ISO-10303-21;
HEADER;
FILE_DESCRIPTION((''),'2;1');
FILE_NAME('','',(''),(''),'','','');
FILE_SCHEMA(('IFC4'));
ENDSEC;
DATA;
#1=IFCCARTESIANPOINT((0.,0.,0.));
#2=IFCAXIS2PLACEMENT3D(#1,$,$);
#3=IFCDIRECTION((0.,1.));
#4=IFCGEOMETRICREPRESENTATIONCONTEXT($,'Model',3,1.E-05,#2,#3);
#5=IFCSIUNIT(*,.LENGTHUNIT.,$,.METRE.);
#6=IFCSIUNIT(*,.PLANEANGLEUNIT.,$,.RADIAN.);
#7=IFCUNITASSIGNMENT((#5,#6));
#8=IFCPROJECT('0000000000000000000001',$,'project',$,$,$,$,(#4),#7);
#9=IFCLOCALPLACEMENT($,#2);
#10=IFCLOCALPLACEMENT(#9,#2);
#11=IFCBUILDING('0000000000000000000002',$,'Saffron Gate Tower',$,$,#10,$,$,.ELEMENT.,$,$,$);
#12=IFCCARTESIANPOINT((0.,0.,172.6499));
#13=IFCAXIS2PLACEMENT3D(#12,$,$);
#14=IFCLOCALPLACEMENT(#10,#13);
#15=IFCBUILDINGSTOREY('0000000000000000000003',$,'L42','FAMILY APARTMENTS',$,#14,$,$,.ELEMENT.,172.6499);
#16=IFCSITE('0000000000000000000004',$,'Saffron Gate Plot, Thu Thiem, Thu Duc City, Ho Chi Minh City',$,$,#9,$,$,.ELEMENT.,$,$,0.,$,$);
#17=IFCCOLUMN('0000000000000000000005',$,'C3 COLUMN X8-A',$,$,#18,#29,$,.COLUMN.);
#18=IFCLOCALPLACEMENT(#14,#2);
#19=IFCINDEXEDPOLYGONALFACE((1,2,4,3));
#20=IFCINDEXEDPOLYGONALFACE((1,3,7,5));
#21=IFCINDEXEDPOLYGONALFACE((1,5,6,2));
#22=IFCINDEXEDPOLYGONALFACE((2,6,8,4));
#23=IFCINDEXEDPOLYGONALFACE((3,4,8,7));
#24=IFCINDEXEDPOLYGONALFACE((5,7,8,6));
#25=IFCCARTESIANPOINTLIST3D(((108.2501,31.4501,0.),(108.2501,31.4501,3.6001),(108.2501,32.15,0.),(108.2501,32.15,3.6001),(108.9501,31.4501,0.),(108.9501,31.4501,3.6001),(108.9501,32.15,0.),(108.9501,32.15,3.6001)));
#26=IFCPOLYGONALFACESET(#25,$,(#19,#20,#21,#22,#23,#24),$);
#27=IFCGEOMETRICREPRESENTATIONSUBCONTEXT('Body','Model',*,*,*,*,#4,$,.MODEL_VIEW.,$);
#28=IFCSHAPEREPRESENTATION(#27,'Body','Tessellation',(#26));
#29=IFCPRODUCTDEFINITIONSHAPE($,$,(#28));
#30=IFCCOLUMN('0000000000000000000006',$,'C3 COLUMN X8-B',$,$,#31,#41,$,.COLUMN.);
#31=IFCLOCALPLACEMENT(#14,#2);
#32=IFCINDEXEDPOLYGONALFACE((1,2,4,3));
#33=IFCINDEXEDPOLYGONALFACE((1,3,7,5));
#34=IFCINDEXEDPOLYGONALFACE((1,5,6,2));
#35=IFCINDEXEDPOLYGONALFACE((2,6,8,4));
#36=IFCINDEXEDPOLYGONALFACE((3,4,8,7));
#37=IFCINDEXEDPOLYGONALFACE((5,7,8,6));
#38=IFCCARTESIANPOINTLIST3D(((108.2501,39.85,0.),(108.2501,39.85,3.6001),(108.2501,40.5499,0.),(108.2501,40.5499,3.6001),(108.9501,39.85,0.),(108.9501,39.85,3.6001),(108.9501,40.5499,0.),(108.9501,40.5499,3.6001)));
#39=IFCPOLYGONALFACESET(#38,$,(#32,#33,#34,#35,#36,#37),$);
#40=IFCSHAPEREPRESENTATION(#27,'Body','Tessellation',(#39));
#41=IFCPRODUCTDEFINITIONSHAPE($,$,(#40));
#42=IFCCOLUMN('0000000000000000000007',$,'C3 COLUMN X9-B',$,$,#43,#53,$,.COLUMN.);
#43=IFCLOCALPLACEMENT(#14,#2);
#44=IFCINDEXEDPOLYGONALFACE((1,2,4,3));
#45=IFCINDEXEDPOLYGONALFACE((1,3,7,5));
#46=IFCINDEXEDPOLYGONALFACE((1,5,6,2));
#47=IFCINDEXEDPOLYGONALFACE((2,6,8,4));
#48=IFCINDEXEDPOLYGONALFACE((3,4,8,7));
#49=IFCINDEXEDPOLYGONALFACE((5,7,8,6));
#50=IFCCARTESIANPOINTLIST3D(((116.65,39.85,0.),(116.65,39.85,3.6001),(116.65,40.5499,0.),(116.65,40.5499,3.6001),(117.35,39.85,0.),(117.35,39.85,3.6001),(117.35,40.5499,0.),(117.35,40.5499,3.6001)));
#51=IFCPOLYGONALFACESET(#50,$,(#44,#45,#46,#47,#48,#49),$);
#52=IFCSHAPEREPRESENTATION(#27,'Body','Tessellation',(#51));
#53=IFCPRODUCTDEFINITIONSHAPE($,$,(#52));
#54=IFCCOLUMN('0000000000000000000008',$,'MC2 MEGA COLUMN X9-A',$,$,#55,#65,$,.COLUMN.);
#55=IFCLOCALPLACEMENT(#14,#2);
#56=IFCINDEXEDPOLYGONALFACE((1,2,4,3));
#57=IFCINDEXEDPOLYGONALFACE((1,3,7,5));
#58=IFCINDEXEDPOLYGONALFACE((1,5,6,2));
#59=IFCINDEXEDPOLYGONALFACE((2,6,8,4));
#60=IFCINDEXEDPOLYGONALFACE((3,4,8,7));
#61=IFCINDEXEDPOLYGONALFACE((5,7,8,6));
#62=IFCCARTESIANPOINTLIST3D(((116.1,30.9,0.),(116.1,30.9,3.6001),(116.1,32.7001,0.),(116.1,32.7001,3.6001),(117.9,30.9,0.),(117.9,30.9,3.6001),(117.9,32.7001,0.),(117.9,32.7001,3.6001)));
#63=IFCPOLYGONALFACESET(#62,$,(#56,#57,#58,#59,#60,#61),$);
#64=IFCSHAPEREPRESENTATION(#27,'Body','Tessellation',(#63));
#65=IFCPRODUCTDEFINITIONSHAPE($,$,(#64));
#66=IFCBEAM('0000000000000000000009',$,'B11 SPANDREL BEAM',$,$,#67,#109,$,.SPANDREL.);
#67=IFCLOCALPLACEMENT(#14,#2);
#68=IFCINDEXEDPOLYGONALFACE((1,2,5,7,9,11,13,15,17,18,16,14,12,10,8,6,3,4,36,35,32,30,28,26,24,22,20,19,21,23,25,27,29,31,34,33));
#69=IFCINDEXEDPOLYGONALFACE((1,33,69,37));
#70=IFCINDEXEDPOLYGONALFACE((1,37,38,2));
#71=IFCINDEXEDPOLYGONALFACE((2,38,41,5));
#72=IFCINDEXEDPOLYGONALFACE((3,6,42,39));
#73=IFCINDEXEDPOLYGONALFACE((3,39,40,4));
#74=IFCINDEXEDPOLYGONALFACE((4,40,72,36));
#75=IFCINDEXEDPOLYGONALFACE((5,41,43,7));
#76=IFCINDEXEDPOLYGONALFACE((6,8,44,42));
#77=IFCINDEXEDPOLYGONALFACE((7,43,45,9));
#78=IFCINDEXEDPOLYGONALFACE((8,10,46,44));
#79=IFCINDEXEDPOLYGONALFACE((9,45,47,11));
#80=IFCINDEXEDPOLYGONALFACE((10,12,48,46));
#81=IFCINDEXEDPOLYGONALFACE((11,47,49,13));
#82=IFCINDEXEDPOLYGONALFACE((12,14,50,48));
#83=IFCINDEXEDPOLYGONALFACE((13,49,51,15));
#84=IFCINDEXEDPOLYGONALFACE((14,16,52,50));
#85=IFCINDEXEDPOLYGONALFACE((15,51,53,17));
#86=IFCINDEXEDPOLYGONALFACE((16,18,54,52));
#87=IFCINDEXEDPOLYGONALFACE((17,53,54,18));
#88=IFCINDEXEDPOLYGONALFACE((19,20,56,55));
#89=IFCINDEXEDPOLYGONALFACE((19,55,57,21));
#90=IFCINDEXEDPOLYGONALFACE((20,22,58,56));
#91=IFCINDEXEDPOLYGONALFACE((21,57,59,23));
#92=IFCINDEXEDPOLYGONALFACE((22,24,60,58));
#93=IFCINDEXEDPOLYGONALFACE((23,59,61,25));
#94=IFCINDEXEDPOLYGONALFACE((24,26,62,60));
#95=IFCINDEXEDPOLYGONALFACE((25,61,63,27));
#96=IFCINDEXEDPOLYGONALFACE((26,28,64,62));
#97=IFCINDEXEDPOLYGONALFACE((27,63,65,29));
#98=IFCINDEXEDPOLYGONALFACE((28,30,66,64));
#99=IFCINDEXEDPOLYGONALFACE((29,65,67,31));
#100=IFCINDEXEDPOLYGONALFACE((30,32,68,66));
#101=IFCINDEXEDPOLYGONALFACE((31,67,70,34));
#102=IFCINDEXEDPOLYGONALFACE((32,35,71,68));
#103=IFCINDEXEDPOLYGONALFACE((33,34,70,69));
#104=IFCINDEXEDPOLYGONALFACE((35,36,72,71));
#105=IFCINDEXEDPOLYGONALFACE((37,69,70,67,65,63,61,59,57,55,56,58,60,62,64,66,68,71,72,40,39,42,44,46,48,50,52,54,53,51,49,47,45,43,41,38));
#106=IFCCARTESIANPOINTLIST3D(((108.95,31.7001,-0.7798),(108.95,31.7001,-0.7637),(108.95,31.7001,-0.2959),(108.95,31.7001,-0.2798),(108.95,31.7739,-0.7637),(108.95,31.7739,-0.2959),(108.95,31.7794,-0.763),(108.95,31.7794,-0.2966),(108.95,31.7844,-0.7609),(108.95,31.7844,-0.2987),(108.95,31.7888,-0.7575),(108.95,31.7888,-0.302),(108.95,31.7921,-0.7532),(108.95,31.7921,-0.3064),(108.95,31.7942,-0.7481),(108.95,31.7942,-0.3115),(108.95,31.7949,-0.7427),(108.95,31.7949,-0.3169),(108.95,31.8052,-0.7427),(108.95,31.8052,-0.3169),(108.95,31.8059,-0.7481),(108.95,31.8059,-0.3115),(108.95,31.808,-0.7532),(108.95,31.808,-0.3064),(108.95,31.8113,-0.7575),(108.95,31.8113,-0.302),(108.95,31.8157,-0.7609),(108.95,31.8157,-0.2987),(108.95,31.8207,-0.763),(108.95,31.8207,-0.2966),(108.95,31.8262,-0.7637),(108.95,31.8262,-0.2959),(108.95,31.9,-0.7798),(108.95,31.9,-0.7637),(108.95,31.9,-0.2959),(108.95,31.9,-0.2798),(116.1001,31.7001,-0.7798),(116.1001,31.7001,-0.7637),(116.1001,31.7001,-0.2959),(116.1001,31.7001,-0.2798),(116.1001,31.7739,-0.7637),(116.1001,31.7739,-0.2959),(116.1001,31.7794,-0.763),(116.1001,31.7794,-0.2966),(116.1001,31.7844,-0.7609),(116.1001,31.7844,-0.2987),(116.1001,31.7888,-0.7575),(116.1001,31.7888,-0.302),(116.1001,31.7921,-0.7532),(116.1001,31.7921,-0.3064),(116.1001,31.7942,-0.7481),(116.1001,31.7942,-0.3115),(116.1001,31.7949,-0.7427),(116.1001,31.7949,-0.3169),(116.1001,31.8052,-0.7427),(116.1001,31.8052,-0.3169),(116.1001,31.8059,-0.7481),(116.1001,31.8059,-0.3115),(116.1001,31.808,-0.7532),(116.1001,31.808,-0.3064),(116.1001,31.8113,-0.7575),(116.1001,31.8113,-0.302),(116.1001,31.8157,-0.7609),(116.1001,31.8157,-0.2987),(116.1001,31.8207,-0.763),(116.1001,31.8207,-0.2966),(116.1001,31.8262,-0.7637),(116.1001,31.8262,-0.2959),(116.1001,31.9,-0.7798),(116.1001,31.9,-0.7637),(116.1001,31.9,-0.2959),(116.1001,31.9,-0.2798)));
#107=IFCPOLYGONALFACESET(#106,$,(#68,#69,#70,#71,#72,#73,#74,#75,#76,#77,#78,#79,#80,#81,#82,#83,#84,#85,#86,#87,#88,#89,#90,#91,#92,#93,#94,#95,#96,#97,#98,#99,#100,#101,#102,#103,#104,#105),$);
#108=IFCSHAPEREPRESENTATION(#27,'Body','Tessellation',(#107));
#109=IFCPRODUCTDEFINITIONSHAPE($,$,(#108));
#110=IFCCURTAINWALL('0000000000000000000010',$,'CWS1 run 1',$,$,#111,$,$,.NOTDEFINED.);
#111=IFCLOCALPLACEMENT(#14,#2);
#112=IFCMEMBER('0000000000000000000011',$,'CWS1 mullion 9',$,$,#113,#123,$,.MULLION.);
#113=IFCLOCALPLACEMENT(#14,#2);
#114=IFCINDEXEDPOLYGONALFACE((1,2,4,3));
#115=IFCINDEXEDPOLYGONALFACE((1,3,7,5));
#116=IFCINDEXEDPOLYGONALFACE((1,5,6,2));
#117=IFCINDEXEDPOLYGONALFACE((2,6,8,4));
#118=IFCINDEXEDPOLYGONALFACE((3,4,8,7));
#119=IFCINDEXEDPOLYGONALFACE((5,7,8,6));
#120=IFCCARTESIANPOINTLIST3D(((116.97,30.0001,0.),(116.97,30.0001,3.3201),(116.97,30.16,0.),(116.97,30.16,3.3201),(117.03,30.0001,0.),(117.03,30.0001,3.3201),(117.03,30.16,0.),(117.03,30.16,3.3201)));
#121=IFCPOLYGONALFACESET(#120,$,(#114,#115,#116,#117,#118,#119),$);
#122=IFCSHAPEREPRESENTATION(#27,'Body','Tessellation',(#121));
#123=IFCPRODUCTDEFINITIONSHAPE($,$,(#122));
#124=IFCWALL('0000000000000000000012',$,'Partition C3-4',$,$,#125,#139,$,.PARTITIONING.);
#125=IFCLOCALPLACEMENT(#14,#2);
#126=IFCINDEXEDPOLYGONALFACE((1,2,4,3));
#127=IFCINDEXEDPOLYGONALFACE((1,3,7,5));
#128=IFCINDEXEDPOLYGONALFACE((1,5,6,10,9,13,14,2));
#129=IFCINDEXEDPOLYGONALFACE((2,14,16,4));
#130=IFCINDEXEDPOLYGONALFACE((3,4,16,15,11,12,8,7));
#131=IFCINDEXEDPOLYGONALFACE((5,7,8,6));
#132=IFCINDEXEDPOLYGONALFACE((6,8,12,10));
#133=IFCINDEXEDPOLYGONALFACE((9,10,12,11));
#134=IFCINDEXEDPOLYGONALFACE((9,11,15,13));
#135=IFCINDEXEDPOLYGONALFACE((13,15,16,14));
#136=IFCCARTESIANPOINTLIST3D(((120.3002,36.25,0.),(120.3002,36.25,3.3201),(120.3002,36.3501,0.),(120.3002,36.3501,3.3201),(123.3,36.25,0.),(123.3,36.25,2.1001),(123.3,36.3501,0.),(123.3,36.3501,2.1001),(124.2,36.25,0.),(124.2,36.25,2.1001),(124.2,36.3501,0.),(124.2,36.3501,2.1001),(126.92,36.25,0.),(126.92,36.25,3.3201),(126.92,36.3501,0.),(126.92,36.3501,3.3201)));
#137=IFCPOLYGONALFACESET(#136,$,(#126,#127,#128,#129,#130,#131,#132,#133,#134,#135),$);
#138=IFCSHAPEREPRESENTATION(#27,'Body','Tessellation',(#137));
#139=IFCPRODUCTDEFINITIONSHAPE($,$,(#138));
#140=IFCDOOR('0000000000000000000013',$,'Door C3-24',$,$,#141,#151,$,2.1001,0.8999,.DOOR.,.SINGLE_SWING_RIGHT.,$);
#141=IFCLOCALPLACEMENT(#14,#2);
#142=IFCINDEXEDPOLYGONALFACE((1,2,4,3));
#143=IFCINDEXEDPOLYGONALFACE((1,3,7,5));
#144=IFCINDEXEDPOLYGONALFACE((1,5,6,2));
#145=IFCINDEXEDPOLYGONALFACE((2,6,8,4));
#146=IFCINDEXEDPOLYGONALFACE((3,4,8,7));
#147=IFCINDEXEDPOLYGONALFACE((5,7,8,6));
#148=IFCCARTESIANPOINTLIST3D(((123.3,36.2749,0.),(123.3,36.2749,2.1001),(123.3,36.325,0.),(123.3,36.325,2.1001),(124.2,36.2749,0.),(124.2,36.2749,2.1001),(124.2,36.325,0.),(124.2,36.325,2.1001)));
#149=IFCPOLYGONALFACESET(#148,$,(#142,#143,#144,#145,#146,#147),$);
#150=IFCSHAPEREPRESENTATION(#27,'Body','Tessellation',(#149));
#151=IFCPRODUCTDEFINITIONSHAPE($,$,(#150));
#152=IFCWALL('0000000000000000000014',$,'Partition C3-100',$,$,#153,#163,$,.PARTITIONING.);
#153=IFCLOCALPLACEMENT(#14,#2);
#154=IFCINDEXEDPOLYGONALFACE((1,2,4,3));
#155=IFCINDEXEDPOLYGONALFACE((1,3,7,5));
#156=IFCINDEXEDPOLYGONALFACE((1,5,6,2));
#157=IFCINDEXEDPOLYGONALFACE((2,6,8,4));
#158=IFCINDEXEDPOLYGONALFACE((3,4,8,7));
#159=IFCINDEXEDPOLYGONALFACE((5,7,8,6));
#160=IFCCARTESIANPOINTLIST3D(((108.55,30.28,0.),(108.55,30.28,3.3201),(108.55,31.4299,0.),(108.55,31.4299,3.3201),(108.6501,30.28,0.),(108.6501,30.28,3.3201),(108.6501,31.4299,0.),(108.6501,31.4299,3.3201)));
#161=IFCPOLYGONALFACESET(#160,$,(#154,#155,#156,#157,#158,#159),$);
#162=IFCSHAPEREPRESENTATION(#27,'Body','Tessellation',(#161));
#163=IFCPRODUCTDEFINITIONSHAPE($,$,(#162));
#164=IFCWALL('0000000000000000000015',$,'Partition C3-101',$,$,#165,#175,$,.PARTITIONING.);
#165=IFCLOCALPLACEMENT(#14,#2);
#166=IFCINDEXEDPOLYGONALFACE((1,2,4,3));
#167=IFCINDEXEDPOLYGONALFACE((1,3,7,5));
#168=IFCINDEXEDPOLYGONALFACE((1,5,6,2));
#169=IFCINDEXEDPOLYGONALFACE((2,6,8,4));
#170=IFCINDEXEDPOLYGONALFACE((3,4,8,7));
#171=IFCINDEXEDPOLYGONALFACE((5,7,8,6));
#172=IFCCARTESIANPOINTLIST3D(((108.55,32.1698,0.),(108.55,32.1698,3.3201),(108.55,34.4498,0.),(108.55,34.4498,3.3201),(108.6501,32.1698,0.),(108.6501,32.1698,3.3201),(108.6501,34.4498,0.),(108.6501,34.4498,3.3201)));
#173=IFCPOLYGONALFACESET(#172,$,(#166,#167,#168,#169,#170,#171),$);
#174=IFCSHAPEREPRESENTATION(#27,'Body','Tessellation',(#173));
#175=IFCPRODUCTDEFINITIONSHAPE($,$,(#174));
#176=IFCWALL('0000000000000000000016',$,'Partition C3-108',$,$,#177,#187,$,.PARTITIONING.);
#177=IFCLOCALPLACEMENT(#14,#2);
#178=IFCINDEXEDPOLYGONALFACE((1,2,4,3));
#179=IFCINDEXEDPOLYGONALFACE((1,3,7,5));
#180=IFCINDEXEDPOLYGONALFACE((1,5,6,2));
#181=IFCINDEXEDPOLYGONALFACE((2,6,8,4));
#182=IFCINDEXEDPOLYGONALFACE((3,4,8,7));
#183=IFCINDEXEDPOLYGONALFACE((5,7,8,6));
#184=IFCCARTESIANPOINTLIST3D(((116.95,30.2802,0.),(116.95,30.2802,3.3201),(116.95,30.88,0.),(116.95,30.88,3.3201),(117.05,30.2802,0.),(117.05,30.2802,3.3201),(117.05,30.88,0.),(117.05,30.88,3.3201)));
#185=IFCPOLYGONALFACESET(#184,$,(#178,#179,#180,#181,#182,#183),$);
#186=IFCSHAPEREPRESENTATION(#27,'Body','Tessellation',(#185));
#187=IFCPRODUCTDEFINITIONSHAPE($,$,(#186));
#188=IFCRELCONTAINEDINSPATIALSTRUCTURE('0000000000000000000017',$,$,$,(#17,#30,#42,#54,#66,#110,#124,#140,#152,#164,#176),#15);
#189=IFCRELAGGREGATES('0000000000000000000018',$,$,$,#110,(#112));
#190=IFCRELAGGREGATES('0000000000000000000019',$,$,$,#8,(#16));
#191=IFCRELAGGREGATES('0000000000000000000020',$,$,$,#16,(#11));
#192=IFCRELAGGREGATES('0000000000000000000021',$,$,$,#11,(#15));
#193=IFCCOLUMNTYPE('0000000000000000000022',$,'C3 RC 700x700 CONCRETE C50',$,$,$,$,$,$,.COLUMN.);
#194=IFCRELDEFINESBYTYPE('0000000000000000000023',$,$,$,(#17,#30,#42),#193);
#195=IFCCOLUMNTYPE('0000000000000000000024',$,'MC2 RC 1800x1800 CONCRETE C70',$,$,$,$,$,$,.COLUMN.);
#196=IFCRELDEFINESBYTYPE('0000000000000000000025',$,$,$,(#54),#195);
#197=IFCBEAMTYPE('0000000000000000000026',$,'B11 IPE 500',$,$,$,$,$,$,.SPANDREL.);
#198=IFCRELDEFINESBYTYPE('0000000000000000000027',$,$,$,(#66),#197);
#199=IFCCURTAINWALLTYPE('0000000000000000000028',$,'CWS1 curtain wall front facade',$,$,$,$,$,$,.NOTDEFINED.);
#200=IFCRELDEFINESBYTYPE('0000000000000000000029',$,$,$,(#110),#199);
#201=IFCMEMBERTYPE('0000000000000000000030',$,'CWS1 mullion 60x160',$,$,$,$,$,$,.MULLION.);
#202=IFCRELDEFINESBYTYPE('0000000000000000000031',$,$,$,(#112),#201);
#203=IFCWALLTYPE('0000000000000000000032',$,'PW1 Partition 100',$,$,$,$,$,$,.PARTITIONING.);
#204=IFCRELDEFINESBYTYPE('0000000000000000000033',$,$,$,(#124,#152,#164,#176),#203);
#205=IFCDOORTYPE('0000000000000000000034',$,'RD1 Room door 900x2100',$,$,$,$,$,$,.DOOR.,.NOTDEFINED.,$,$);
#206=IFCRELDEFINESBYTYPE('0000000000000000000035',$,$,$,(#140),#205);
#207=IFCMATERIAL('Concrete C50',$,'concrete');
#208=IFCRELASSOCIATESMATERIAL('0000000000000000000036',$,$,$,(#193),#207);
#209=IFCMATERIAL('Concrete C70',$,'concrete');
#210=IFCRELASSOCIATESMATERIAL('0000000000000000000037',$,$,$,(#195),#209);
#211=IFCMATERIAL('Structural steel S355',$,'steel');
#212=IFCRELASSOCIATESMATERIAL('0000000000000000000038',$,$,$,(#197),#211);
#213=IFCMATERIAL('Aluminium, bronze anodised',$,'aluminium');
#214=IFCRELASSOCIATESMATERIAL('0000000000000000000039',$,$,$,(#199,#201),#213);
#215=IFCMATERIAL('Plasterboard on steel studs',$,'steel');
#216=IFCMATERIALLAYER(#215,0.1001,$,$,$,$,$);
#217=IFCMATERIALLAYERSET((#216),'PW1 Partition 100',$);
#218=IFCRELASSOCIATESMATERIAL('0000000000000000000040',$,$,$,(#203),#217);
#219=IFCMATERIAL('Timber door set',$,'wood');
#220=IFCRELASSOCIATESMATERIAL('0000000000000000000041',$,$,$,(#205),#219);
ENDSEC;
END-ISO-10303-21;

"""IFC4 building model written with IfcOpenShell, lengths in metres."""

from ifc_helpers import new_model, si_unit, direction, frame, frame_2d, origin, origin_2d, place, context, subcontext, project, spatial, rectangle, i_section, extrude, material, layer, layer_set, material_profile, profile_set, type_object, element, fill, aggregate, save


model = new_model("IFC4")

# Units and contexts
model_context = context("Model", 3, precision=1e-05, world=origin(), true_north=direction((0.0, 1.0)))
body_context = subcontext(model_context, "Body", "Model", "MODEL_VIEW")
ifc_project = project(units=[si_unit("LENGTHUNIT", "METRE"), si_unit("PLANEANGLEUNIT", "RADIAN")], contexts=[model_context])

# Site, building, storey
site_placement = place(None, origin())
site = spatial("IfcSite", under=ifc_project, at=site_placement, Name="Saffron Gate Plot, Thu Thiem, Thu Duc City, Ho Chi Minh City", CompositionType="ELEMENT", RefElevation=0.0)
building_placement = place(site_placement, origin())
building = spatial("IfcBuilding", under=site, at=building_placement, Name="Saffron Gate Tower", CompositionType="ELEMENT")
storey_placement = place(building_placement, frame((0.0, 0.0, 172.6499)))
storey = spatial("IfcBuildingStorey", under=building, at=storey_placement, Name="L42", Description="FAMILY APARTMENTS", CompositionType="ELEMENT", Elevation=172.6499)

# Columns
ifc_material_1 = material(Name="Concrete C50", Category="concrete")
ifc_material_profile_1 = material_profile(ifc_material_1, rectangle(XDim=0.7, YDim=0.7, at=origin_2d()))
ifc_profile_set_1 = profile_set([ifc_material_profile_1], Name="Concrete C50")
column_type_1 = type_object("IfcColumnType", Name="C3 RC 700x700 CONCRETE C50", PredefinedType="COLUMN", material=ifc_profile_set_1)
for number, where, z_axis, x_axis, name in (
    (1, (108.6001, 31.8, 0.0), (0.0, 0.0, 1.0), (1.0, 0.0, 0.0), "C3 COLUMN X8-A"),
    (2, (108.6001, 40.2, 0.0), (0.0, 0.0, 1.0), (1.0, 0.0, 0.0), "C3 COLUMN X8-B"),
    (3, (117.0, 40.2, 0.0), (0.0, 0.0, 1.0), (1.0, 0.0, 0.0), "C3 COLUMN X9-B"),
):
    element("IfcColumn", number, at=place(storey_placement, frame(where, z_axis=z_axis, x_axis=x_axis)), inside=storey, type_object=column_type_1, Name=name, PredefinedType="COLUMN", context=body_context, shape_type="SweptSolid", body=[
        extrude(rectangle(XDim=0.7, YDim=0.7, at=origin_2d()), origin(), (0.0, 0.0, 1.0), 3.6001),
    ])
ifc_material_2 = material(Name="Concrete C70", Category="concrete")
ifc_material_profile_2 = material_profile(ifc_material_2, rectangle(XDim=1.8, YDim=1.8, at=origin_2d()))
ifc_profile_set_2 = profile_set([ifc_material_profile_2], Name="Concrete C70")
column_type_2 = type_object("IfcColumnType", Name="MC2 RC 1800x1800 CONCRETE C70", PredefinedType="COLUMN", material=ifc_profile_set_2)
column_placement = place(storey_placement, frame((117.0, 31.8, 0.0), z_axis=(0.0, 0.0, 1.0), x_axis=(1.0, 0.0, 0.0)))
element("IfcColumn", 4, at=column_placement, inside=storey, type_object=column_type_2, Name="MC2 MEGA COLUMN X9-A", PredefinedType="COLUMN", context=body_context, shape_type="SweptSolid", body=[
    extrude(rectangle(XDim=1.8, YDim=1.8, at=origin_2d()), origin(), (0.0, 0.0, 1.0), 3.6001),
])

# Beam
ifc_material_3 = material(Name="Structural steel S355", Category="steel")
ifc_material_profile_3 = material_profile(ifc_material_3, i_section(OverallWidth=0.2, OverallDepth=0.5, WebThickness=0.0103, FlangeThickness=0.0161, FilletRadius=0.021, at=origin_2d()))
ifc_profile_set_3 = profile_set([ifc_material_profile_3], Name="Structural steel S355")
beam_type = type_object("IfcBeamType", Name="B11 IPE 500", PredefinedType="SPANDREL", material=ifc_profile_set_3)
beam_placement = place(storey_placement, frame((108.95, 31.8, -0.5298), z_axis=(1.0, 0.0, 0.0), x_axis=(0.0, 1.0, 0.0)))
element("IfcBeam", 5, at=beam_placement, inside=storey, type_object=beam_type, Name="B11 SPANDREL BEAM", PredefinedType="SPANDREL", context=body_context, shape_type="SweptSolid", body=[
    extrude(i_section(OverallWidth=0.2, OverallDepth=0.5, WebThickness=0.0103, FlangeThickness=0.0161, FilletRadius=0.021, at=origin_2d()), origin(), (0.0, 0.0, 1.0), 7.1501),
])

# Curtain wall, member
ifc_material_4 = material(Name="Aluminium, bronze anodised", Category="aluminium")
curtain_wall_type = type_object("IfcCurtainWallType", Name="CWS1 curtain wall front facade", PredefinedType="NOTDEFINED", material=ifc_material_4)
curtain_wall_placement = place(storey_placement, origin())
curtain_wall = element("IfcCurtainWall", 6, at=curtain_wall_placement, inside=storey, type_object=curtain_wall_type, Name="CWS1 run 1", PredefinedType="NOTDEFINED")
ifc_material_profile_4 = material_profile(ifc_material_4, rectangle(XDim=0.1599, YDim=0.0601, at=origin_2d()))
ifc_profile_set_4 = profile_set([ifc_material_profile_4], Name="Aluminium, bronze anodised")
member_type = type_object("IfcMemberType", Name="CWS1 mullion 60x160", PredefinedType="MULLION", material=ifc_profile_set_4)
member_placement = place(storey_placement, frame((117.0, 30.0801, 0.0), z_axis=(0.0, 0.0, 1.0), x_axis=(0.0, 1.0, 0.0)))
member = element("IfcMember", 7, at=member_placement, type_object=member_type, Name="CWS1 mullion 9", PredefinedType="MULLION", context=body_context, shape_type="SweptSolid", body=[
    extrude(rectangle(XDim=0.1599, YDim=0.0601, at=origin_2d()), origin(), (0.0, 0.0, 1.0), 3.3201),
])
aggregate(curtain_wall, [member])

# Wall, opening, door
ifc_material_5 = material(Name="Plasterboard on steel studs", Category="steel")
ifc_layer = layer(ifc_material_5, 0.1001)
ifc_layer_set = layer_set([ifc_layer], Name="PW1 Partition 100")
wall_type = type_object("IfcWallType", Name="PW1 Partition 100", PredefinedType="PARTITIONING", material=ifc_layer_set)
wall_1_placement = place(storey_placement, frame((120.3, 36.3, 0.0), z_axis=(0.0, 0.0, 1.0), x_axis=(1.0, 0.0, 0.0)))
wall_1 = element("IfcWall", 8, at=wall_1_placement, inside=storey, type_object=wall_type, Name="Partition C3-4", PredefinedType="PARTITIONING", context=body_context, shape_type="SweptSolid", body=[
    extrude(rectangle(XDim=6.6199, YDim=0.1001, at=frame_2d((3.3101, 0.0))), origin(), (0.0, 0.0, 1.0), 3.3201),
])
opening_placement = place(wall_1_placement, frame((3.0, 0.0, 0.0)))
opening = element("IfcOpeningElement", 9, at=opening_placement, cuts=wall_1, PredefinedType="OPENING", context=body_context, shape_type="SweptSolid", body=[
    extrude(rectangle(XDim=0.8999, YDim=2.1001, at=frame_2d((0.45, 1.05))), frame((0.0, 0.0601, 0.0), z_axis=(0.0, -1.0, 0.0), x_axis=(1.0, 0.0, 0.0)), (0.0, 0.0, 1.0), 0.1201),
])
ifc_material_6 = material(Name="Timber door set", Category="wood")
door_type = type_object("IfcDoorType", Name="RD1 Room door 900x2100", OperationType="NOTDEFINED", PredefinedType="DOOR", material=ifc_material_6)
door_placement = place(opening_placement, origin())
door = element("IfcDoor", 10, at=door_placement, inside=storey, type_object=door_type, Name="Door C3-24", OperationType="SINGLE_SWING_RIGHT", OverallHeight=2.1001, OverallWidth=0.8999, PredefinedType="DOOR", context=body_context, shape_type="SweptSolid", body=[
    extrude(rectangle(XDim=0.8999, YDim=2.1001, at=frame_2d((0.45, 1.05))), frame((0.0, 0.0249, 0.0), z_axis=(0.0, -1.0, 0.0), x_axis=(1.0, 0.0, 0.0)), (0.0, 0.0, 1.0), 0.05),
])
fill(opening, door)

# Walls
wall_2_placement = place(storey_placement, frame((108.6001, 31.4299, 0.0), z_axis=(0.0, 0.0, 1.0), x_axis=(0.0, -1.0, 0.0)))
element("IfcWall", 11, at=wall_2_placement, inside=storey, type_object=wall_type, Name="Partition C3-100", PredefinedType="PARTITIONING", context=body_context, shape_type="SweptSolid", body=[
    extrude(rectangle(XDim=1.1499, YDim=0.1001, at=frame_2d((0.575, 0.0))), origin(), (0.0, 0.0, 1.0), 3.3201),
])
wall_3_placement = place(storey_placement, frame((108.6001, 34.45, 0.0), z_axis=(0.0, 0.0, 1.0), x_axis=(0.0, -1.0, 0.0)))
element("IfcWall", 12, at=wall_3_placement, inside=storey, type_object=wall_type, Name="Partition C3-101", PredefinedType="PARTITIONING", context=body_context, shape_type="SweptSolid", body=[
    extrude(rectangle(XDim=2.28, YDim=0.1001, at=frame_2d((1.1401, 0.0))), origin(), (0.0, 0.0, 1.0), 3.3201),
])
wall_4_placement = place(storey_placement, frame((117.0, 30.8799, 0.0), z_axis=(0.0, 0.0, 1.0), x_axis=(0.0, -1.0, 0.0)))
element("IfcWall", 13, at=wall_4_placement, inside=storey, type_object=wall_type, Name="Partition C3-108", PredefinedType="PARTITIONING", context=body_context, shape_type="SweptSolid", body=[
    extrude(rectangle(XDim=0.5999, YDim=0.1001, at=frame_2d((0.2998, 0.0))), origin(), (0.0, 0.0, 1.0), 3.3201),
])

save(model, "model.ifc")
